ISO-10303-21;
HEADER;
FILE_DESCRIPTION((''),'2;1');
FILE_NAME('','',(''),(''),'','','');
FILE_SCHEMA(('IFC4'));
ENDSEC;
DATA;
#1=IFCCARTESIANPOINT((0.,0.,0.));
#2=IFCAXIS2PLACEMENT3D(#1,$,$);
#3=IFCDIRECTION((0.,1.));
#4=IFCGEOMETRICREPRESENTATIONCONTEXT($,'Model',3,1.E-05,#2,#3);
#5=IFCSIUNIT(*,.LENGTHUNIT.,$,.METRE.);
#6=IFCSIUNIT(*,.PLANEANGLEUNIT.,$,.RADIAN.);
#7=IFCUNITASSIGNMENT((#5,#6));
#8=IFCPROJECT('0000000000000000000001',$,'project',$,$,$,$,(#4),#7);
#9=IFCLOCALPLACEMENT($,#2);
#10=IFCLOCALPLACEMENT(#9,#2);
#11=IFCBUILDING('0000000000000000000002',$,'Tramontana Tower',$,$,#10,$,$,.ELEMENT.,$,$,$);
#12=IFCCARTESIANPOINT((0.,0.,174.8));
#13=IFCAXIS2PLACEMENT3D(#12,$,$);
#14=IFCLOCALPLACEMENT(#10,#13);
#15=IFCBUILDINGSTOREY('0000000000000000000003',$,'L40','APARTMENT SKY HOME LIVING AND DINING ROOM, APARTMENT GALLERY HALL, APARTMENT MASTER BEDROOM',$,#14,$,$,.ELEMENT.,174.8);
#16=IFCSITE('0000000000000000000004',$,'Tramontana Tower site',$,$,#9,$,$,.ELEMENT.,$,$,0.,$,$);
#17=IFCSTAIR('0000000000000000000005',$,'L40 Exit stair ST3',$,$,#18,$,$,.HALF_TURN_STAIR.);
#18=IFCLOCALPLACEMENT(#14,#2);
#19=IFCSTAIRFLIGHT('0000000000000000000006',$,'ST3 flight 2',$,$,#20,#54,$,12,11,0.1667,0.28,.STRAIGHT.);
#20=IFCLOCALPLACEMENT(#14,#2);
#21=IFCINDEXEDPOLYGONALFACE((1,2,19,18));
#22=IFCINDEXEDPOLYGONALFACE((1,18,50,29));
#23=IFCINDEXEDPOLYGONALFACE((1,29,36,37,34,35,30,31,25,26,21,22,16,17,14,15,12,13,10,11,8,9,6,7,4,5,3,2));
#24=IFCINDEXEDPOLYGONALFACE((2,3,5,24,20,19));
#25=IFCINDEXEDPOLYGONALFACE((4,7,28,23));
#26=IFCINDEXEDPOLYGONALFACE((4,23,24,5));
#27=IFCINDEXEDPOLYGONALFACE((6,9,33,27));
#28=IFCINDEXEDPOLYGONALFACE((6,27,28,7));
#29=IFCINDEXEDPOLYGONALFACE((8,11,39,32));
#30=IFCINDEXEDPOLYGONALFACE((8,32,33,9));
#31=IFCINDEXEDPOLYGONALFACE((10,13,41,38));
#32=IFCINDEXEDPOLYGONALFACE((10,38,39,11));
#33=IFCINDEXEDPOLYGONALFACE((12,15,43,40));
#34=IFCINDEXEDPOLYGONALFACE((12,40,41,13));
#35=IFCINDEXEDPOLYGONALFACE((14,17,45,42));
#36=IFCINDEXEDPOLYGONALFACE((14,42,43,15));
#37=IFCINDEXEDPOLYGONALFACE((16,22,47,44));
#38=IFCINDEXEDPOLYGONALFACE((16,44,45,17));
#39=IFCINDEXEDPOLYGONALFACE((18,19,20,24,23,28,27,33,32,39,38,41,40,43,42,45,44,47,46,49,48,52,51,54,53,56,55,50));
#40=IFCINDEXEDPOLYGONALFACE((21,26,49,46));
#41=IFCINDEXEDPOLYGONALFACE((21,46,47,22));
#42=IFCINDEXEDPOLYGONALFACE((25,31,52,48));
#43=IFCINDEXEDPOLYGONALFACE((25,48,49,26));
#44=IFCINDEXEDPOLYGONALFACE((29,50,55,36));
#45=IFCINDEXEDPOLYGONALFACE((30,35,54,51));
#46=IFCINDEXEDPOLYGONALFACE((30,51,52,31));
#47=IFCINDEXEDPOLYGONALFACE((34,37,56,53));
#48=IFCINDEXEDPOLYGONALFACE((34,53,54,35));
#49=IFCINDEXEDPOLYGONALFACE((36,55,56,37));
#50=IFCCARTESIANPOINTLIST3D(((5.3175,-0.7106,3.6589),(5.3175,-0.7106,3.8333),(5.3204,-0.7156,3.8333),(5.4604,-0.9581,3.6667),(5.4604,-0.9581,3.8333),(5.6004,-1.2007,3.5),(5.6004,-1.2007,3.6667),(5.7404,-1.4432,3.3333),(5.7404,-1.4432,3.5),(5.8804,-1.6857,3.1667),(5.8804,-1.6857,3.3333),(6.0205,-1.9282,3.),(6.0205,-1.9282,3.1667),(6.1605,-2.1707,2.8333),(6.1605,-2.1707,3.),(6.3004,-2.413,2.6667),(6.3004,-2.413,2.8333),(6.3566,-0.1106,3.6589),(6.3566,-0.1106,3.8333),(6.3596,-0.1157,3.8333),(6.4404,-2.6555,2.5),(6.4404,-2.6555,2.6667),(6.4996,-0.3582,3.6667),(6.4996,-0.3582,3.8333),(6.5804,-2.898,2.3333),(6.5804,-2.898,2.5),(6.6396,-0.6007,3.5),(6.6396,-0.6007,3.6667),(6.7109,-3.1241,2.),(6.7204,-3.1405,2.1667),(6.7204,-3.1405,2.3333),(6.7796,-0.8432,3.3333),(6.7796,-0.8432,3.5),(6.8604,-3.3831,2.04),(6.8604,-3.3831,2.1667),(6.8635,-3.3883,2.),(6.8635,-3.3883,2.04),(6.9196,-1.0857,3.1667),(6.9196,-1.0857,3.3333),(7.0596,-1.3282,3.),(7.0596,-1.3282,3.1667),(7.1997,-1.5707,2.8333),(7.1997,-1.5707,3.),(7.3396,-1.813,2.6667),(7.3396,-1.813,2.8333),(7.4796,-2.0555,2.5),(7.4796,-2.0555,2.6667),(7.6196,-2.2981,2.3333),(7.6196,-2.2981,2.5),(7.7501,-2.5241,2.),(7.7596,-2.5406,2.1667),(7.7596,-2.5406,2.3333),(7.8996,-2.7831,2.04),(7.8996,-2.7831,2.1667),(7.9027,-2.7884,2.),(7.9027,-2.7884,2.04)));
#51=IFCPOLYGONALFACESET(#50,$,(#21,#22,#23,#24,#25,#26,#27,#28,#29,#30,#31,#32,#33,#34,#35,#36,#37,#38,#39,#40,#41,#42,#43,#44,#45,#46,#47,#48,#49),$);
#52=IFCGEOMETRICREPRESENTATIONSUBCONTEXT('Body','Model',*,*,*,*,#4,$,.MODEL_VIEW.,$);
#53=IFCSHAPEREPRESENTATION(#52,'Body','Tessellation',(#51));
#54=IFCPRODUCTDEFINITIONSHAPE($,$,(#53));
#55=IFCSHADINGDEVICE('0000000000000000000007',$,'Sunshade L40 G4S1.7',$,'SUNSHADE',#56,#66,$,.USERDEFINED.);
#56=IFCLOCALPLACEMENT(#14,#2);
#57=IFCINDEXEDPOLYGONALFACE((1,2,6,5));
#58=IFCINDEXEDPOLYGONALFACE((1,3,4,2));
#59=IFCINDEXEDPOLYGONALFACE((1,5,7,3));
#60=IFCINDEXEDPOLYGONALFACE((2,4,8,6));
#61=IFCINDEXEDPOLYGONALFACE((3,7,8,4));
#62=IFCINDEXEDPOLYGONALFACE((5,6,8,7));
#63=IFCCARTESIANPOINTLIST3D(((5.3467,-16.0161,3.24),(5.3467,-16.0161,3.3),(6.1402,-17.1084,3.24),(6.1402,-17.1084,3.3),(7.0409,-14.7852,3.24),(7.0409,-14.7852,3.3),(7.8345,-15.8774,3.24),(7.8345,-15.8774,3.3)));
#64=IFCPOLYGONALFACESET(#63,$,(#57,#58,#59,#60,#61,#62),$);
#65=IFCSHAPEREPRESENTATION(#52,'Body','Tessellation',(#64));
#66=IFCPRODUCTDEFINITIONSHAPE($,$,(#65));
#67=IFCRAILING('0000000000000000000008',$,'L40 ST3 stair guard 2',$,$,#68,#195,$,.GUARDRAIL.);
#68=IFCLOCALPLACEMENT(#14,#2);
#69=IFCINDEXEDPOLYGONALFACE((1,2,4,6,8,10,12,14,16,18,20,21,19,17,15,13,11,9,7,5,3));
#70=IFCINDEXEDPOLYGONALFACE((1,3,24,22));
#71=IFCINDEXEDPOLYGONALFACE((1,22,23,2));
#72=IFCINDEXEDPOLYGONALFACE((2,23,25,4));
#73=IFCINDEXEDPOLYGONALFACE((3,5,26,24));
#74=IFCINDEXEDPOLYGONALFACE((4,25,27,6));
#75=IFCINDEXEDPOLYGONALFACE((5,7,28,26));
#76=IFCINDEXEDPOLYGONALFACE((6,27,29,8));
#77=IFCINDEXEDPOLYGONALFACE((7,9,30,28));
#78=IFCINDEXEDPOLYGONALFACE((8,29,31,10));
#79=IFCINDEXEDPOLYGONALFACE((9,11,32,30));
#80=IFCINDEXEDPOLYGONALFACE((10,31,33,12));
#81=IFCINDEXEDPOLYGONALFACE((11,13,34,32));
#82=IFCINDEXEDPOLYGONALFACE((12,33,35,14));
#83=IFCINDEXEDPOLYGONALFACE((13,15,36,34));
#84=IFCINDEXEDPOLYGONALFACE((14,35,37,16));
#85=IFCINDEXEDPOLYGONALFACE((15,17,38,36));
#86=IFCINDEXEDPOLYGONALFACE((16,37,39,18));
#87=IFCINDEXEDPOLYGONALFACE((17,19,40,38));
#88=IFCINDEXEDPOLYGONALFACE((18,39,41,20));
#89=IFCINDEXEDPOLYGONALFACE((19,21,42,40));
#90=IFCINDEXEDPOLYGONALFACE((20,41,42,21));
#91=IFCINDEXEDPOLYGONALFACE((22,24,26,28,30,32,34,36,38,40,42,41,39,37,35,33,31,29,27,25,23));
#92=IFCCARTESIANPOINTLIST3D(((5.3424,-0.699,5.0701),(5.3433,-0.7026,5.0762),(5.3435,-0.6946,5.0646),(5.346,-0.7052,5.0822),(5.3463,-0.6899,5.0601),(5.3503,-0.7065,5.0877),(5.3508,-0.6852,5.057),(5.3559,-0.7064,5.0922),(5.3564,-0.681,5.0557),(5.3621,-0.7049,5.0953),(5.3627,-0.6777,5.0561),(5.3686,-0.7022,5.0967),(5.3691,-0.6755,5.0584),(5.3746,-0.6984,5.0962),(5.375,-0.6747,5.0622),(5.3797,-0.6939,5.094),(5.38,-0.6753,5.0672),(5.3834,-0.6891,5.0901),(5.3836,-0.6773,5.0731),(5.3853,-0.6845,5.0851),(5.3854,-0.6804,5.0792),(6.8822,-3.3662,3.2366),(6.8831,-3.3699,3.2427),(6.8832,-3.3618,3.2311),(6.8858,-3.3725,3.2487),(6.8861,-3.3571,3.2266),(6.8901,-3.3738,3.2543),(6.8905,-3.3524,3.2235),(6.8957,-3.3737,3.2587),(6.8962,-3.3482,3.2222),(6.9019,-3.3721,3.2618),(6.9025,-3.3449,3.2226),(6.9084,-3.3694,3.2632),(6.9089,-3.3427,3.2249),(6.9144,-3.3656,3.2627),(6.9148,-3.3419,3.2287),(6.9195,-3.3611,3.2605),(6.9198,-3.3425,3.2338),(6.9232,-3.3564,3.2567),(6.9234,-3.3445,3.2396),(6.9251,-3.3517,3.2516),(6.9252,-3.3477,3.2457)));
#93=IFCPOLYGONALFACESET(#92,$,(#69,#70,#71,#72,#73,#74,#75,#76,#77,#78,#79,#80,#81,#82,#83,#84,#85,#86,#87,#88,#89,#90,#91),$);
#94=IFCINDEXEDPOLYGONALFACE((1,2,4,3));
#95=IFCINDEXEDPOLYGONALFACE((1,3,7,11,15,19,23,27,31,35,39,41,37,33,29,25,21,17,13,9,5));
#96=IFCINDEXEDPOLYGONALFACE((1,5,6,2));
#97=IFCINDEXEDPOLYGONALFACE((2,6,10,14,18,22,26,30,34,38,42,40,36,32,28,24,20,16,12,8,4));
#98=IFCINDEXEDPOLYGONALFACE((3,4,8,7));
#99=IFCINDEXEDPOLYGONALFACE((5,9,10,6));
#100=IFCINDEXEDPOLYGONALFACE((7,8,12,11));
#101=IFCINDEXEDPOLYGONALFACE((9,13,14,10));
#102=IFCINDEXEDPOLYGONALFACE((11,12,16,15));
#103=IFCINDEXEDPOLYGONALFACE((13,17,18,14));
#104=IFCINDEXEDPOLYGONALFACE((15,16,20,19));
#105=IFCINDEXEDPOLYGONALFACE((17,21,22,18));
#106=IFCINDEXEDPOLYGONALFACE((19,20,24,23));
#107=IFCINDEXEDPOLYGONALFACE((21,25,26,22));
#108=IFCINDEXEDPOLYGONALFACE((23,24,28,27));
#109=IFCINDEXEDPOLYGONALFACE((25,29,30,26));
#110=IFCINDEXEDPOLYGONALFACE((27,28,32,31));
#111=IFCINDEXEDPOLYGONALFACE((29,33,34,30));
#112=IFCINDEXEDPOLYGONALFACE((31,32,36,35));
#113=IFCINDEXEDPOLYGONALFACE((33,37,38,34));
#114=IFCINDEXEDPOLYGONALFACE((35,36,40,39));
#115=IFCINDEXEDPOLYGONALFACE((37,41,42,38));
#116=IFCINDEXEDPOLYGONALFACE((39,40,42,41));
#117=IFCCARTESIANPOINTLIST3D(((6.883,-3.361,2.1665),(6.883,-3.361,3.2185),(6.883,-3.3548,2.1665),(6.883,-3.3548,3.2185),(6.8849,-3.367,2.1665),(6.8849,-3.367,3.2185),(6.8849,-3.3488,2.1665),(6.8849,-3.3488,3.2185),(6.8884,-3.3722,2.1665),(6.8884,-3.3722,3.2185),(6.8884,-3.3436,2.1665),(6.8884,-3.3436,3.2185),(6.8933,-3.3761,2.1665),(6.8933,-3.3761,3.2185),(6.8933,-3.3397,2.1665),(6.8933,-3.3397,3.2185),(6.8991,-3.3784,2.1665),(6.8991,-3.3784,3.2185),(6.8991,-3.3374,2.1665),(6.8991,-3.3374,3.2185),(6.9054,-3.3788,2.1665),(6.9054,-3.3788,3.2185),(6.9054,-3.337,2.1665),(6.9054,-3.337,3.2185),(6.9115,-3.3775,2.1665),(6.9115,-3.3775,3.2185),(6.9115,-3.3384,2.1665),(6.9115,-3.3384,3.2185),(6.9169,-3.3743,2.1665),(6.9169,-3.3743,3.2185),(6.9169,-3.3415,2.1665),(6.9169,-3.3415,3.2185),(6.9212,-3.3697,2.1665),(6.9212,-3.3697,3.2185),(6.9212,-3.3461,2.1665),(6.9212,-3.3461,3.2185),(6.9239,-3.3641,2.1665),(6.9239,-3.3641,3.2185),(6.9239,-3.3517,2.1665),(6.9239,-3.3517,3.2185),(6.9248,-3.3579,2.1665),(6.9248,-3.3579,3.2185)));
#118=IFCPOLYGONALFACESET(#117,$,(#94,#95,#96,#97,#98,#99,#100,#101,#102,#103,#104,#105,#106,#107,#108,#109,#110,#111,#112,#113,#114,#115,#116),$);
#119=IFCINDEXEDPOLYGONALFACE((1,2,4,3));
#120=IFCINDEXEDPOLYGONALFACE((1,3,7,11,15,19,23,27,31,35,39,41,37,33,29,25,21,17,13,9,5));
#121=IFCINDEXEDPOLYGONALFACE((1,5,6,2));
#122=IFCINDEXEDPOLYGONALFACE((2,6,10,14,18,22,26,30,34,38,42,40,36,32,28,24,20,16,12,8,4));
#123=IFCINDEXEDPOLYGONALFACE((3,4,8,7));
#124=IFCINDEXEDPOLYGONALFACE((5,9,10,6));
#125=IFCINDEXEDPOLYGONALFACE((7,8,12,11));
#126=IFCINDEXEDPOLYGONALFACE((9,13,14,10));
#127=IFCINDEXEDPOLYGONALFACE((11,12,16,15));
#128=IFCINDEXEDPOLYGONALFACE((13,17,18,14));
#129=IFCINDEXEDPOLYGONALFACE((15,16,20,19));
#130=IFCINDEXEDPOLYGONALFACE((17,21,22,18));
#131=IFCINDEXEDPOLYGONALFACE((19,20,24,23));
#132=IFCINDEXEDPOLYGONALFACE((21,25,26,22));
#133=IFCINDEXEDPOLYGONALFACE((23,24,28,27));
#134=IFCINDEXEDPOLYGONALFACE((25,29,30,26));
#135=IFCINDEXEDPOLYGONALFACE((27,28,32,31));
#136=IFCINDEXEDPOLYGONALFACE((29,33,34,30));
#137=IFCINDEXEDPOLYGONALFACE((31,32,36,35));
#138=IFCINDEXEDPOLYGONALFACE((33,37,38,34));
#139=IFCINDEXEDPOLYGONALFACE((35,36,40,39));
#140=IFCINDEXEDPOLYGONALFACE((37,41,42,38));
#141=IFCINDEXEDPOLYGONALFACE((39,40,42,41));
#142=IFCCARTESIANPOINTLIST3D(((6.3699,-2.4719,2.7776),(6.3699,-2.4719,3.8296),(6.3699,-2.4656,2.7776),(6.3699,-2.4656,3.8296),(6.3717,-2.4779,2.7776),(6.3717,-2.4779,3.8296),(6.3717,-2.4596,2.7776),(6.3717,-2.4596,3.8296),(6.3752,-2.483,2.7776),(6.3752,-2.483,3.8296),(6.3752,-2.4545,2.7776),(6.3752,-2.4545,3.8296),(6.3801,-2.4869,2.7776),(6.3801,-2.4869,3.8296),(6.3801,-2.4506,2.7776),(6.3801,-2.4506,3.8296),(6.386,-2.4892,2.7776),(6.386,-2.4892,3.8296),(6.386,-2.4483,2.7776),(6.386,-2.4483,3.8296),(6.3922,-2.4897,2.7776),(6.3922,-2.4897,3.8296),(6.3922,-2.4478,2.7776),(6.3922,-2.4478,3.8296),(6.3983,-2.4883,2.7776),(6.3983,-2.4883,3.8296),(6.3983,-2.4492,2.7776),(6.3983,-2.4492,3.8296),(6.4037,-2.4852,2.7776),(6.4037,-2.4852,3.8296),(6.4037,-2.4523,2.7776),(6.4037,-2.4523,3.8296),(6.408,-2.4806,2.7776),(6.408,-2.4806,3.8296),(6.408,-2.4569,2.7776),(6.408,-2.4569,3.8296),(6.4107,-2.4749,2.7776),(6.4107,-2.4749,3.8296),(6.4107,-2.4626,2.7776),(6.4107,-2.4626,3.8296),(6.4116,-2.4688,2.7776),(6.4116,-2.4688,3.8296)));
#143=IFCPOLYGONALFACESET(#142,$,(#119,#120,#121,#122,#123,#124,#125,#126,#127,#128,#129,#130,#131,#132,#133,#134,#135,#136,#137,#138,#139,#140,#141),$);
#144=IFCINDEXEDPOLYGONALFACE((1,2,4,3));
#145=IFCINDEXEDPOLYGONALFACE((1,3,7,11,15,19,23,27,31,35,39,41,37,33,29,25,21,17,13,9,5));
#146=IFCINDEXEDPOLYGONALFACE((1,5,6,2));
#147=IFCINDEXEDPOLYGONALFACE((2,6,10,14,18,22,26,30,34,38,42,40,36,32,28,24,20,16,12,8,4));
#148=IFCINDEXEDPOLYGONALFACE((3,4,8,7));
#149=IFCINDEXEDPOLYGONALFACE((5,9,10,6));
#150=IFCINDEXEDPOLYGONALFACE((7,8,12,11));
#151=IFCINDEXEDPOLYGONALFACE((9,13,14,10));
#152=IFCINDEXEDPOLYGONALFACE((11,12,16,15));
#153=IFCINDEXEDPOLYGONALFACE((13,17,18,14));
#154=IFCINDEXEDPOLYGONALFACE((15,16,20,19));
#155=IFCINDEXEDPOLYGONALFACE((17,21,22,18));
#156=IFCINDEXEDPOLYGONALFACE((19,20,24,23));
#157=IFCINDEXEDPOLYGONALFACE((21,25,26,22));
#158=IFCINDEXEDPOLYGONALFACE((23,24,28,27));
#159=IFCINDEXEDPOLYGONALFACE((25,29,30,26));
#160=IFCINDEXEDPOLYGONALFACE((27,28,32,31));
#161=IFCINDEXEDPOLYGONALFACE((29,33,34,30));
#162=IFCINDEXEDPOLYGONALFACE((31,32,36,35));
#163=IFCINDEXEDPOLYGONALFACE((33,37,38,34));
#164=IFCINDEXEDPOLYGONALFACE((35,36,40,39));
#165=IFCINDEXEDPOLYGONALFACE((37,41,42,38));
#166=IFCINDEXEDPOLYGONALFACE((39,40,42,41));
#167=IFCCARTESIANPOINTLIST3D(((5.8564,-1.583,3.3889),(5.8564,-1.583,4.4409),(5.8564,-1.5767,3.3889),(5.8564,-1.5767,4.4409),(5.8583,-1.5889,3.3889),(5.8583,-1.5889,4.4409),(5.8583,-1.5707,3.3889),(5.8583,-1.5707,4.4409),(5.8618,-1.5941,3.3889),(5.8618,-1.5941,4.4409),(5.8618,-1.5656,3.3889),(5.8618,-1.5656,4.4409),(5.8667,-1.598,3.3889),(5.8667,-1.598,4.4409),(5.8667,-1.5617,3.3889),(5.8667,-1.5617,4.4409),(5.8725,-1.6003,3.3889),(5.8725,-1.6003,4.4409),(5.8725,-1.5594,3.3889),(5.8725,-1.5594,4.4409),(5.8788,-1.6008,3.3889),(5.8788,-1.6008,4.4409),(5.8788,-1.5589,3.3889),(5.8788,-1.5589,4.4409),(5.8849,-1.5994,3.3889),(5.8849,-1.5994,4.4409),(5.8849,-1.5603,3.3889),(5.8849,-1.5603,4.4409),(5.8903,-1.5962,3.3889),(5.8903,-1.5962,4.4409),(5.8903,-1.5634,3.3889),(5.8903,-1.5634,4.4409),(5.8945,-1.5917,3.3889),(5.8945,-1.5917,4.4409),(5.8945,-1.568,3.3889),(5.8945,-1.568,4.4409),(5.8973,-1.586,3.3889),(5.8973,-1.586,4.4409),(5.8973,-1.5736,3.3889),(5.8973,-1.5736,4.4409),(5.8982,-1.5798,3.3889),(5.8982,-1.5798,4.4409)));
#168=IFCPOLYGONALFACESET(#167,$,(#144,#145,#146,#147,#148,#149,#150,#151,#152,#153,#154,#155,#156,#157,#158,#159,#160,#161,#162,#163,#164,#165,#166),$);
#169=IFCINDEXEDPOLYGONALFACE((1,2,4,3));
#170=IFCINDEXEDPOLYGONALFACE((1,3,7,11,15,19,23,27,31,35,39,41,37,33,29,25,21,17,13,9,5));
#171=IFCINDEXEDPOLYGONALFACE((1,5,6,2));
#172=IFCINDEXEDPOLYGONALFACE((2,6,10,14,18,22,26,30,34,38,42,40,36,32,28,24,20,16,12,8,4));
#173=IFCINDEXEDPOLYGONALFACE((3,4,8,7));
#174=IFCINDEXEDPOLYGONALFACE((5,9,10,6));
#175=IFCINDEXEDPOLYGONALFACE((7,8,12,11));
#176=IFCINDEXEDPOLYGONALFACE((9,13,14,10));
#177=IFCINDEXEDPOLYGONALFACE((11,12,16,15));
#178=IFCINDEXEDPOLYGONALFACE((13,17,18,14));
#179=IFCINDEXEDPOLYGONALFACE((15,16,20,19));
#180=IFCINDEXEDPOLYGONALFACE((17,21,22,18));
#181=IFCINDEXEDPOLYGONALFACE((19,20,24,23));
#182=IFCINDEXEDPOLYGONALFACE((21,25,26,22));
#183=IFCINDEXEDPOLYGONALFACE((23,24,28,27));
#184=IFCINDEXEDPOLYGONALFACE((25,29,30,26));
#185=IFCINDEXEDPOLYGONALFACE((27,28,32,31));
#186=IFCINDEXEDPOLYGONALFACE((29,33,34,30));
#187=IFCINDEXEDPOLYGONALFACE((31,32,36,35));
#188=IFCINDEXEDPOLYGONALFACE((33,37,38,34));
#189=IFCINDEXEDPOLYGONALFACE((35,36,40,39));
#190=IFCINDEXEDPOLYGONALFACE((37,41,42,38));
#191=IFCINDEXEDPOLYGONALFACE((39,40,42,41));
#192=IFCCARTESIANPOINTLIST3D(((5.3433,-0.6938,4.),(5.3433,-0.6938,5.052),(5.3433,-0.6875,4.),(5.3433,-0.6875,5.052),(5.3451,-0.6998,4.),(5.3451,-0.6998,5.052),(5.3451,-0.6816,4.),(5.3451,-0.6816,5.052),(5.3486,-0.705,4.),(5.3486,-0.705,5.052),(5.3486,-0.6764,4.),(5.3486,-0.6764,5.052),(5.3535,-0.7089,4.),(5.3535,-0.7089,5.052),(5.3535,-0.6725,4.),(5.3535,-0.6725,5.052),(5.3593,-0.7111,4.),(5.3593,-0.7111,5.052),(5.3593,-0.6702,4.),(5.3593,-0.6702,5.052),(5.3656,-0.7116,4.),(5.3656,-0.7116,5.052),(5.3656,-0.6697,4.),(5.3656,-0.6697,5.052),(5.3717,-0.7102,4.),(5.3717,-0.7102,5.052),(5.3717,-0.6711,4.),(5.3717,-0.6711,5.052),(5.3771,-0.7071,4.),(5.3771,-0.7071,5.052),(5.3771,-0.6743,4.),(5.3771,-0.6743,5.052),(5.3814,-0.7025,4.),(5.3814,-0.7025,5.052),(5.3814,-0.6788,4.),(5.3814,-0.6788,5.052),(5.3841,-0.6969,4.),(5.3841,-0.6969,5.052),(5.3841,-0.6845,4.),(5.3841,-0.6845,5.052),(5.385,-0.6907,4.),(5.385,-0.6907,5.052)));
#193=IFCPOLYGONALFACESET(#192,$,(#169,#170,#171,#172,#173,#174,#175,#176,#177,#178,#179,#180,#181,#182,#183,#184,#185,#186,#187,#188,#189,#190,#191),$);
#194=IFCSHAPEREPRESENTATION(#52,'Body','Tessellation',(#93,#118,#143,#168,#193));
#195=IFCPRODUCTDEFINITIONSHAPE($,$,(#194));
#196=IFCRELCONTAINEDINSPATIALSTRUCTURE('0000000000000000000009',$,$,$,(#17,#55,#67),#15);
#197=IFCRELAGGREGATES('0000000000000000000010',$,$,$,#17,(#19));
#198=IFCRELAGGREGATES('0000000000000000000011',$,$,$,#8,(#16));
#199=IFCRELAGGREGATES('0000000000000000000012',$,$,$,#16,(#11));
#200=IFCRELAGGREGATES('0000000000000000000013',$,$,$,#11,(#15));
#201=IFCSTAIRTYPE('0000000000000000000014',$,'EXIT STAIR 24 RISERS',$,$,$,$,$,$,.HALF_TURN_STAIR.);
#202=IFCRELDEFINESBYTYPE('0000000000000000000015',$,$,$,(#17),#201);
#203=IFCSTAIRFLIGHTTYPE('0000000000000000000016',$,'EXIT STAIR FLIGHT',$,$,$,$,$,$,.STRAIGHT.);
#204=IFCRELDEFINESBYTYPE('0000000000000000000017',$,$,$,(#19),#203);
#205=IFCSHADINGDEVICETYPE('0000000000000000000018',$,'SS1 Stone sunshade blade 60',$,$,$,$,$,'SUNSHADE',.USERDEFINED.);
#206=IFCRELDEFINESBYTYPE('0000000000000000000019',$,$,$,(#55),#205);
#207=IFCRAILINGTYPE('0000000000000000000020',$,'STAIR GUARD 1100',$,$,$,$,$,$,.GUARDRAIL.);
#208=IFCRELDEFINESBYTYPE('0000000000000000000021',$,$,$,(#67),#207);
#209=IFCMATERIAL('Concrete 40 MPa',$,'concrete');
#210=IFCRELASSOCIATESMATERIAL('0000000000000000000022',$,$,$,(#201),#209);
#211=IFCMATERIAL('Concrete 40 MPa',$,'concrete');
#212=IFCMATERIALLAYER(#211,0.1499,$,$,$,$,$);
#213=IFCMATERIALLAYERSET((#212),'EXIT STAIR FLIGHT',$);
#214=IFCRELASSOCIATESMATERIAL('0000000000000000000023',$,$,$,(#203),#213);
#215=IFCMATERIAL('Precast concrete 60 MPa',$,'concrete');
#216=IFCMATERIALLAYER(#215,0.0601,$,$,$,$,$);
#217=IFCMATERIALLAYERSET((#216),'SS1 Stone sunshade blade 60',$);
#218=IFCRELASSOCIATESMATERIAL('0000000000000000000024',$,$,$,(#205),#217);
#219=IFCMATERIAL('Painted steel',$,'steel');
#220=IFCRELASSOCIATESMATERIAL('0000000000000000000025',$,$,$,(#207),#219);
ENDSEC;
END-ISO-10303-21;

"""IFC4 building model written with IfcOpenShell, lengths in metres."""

from ifc_helpers import new_model, si_unit, direction, frame, origin, origin_2d, place, context, subcontext, project, spatial, polyline, rectangle, circle, outline, extrude, material, layer, layer_set, type_object, element, aggregate, save


model = new_model("IFC4")

# Units and contexts
model_context = context("Model", 3, precision=1e-05, world=origin(), true_north=direction((0.0, 1.0)))
body_context = subcontext(model_context, "Body", "Model", "MODEL_VIEW")
ifc_project = project(units=[si_unit("LENGTHUNIT", "METRE"), si_unit("PLANEANGLEUNIT", "RADIAN")], contexts=[model_context])

# Site, building, storey
site_placement = place(None, origin())
site = spatial("IfcSite", under=ifc_project, at=site_placement, Name="Tramontana Tower site", CompositionType="ELEMENT", RefElevation=0.0)
building_placement = place(site_placement, origin())
building = spatial("IfcBuilding", under=site, at=building_placement, Name="Tramontana Tower", CompositionType="ELEMENT")
storey_placement = place(building_placement, frame((0.0, 0.0, 174.8)))
storey = spatial("IfcBuildingStorey", under=building, at=storey_placement, Name="L40", Description="APARTMENT SKY HOME LIVING AND DINING ROOM, APARTMENT GALLERY HALL, APARTMENT MASTER BEDROOM", CompositionType="ELEMENT", Elevation=174.8)

# Stair, stair flight
ifc_material_1 = material(Name="Concrete 40 MPa", Category="concrete")
stair_type = type_object("IfcStairType", Name="EXIT STAIR 24 RISERS", PredefinedType="HALF_TURN_STAIR", material=ifc_material_1)
stair_placement = place(storey_placement, origin())
stair = element("IfcStair", 1, at=stair_placement, inside=storey, type_object=stair_type, Name="L40 Exit stair ST3", PredefinedType="HALF_TURN_STAIR")
ifc_material_2 = material(Name="Concrete 40 MPa", Category="concrete")
ifc_layer_1 = layer(ifc_material_2, 0.1499)
ifc_layer_set_1 = layer_set([ifc_layer_1], Name="EXIT STAIR FLIGHT")
stair_flight_type = type_object("IfcStairFlightType", Name="EXIT STAIR FLIGHT", PredefinedType="STRAIGHT", material=ifc_layer_set_1)
stair_flight_placement = place(storey_placement, frame((7.3801, -3.083, 2.0), z_axis=(0.0, 0.0, 1.0), x_axis=(-0.5, 0.866025, 0.0)))
stair_flight = element("IfcStairFlight", 2, at=stair_flight_placement, type_object=stair_flight_type, Name="ST3 flight 2", NumberOfRisers=12, NumberOfTreads=11, PredefinedType="STRAIGHT", RiserHeight=0.1667, TreadLength=0.28, context=body_context, shape_type="SweptSolid", body=[
    extrude(outline(polyline([(-0.0061, 0.0), (-0.0061, 0.04), (0.0, 0.04), (0.0, 0.1667), (0.28, 0.1667), (0.28, 0.3333), (0.5601, 0.3333), (0.5601, 0.5), (0.8401, 0.5), (0.8401, 0.6667), (1.1201, 0.6667), (1.1201, 0.8333), (1.3999, 0.8333), (1.3999, 1.0), (1.6799, 1.0), (1.6799, 1.1667), (1.96, 1.1667), (1.96, 1.3333), (2.24, 1.3333), (2.24, 1.5), (2.52, 1.5), (2.52, 1.6667), (2.8, 1.6667), (2.8, 1.8333), (3.0801, 1.8333), (3.0859, 1.8333), (3.0859, 1.6589), (0.2991, 0.0), (-0.0061, 0.0)])), frame((0.0, 0.6001, 0.0), z_axis=(0.0, -1.0, 0.0), x_axis=(1.0, 0.0, 0.0)), (0.0, 0.0, 1.0), 1.2),
])
aggregate(stair, [stair_flight])

# Shading device
ifc_material_3 = material(Name="Precast concrete 60 MPa", Category="concrete")
ifc_layer_2 = layer(ifc_material_3, 0.0601)
ifc_layer_set_2 = layer_set([ifc_layer_2], Name="SS1 Stone sunshade blade 60")
shading_device_type = type_object("IfcShadingDeviceType", Name="SS1 Stone sunshade blade 60", ElementType="SUNSHADE", PredefinedType="USERDEFINED", material=ifc_layer_set_2)
shading_device_placement = place(storey_placement, frame((6.5906, -15.9468, 3.24), z_axis=(0.0, 0.0, 1.0), x_axis=(0.809017, 0.587785, 0.0)))
element("IfcShadingDevice", 3, at=shading_device_placement, inside=storey, type_object=shading_device_type, Name="Sunshade L40 G4S1.7", ObjectType="SUNSHADE", PredefinedType="USERDEFINED", context=body_context, shape_type="SweptSolid", body=[
    extrude(rectangle(XDim=2.0942, YDim=1.3501, at=origin_2d()), origin(), (0.0, 0.0, 1.0), 0.0601),
])

# Railing
ifc_material_4 = material(Name="Painted steel", Category="steel")
railing_type_1 = type_object("IfcRailingType", Name="STAIR GUARD 1100", PredefinedType="GUARDRAIL", material=ifc_material_4)
railing_1_placement = place(storey_placement, frame((6.9038, -3.3579, 2.1665)))
element("IfcRailing", 4, at=railing_1_placement, inside=storey, type_object=railing_type_1, Name="L40 ST3 stair guard 2", PredefinedType="GUARDRAIL", context=body_context, shape_type="SweptSolid", body=[
    extrude(circle(Radius=0.0239, at=origin_2d()), frame((0.0, 0.0, 1.0762), z_axis=(-0.429601, 0.744155, 0.511543), x_axis=(-0.866044, -0.499967, 0.0)), (0.0, 0.0, 1.0), 3.5842),
    extrude(circle(Radius=0.021, at=origin_2d()), origin(), (0.0, 0.0, 1.0), 1.052),
    extrude(circle(Radius=0.021, at=origin_2d()), frame((-0.5132, 0.8892, 0.6111)), (0.0, 0.0, 1.0), 1.052),
    extrude(circle(Radius=0.021, at=origin_2d()), frame((-1.0266, 1.7781, 1.2224)), (0.0, 0.0, 1.0), 1.052),
    extrude(circle(Radius=0.021, at=origin_2d()), frame((-1.5398, 2.6672, 1.8335)), (0.0, 0.0, 1.0), 1.052),
])

save(model, "model.ifc")
